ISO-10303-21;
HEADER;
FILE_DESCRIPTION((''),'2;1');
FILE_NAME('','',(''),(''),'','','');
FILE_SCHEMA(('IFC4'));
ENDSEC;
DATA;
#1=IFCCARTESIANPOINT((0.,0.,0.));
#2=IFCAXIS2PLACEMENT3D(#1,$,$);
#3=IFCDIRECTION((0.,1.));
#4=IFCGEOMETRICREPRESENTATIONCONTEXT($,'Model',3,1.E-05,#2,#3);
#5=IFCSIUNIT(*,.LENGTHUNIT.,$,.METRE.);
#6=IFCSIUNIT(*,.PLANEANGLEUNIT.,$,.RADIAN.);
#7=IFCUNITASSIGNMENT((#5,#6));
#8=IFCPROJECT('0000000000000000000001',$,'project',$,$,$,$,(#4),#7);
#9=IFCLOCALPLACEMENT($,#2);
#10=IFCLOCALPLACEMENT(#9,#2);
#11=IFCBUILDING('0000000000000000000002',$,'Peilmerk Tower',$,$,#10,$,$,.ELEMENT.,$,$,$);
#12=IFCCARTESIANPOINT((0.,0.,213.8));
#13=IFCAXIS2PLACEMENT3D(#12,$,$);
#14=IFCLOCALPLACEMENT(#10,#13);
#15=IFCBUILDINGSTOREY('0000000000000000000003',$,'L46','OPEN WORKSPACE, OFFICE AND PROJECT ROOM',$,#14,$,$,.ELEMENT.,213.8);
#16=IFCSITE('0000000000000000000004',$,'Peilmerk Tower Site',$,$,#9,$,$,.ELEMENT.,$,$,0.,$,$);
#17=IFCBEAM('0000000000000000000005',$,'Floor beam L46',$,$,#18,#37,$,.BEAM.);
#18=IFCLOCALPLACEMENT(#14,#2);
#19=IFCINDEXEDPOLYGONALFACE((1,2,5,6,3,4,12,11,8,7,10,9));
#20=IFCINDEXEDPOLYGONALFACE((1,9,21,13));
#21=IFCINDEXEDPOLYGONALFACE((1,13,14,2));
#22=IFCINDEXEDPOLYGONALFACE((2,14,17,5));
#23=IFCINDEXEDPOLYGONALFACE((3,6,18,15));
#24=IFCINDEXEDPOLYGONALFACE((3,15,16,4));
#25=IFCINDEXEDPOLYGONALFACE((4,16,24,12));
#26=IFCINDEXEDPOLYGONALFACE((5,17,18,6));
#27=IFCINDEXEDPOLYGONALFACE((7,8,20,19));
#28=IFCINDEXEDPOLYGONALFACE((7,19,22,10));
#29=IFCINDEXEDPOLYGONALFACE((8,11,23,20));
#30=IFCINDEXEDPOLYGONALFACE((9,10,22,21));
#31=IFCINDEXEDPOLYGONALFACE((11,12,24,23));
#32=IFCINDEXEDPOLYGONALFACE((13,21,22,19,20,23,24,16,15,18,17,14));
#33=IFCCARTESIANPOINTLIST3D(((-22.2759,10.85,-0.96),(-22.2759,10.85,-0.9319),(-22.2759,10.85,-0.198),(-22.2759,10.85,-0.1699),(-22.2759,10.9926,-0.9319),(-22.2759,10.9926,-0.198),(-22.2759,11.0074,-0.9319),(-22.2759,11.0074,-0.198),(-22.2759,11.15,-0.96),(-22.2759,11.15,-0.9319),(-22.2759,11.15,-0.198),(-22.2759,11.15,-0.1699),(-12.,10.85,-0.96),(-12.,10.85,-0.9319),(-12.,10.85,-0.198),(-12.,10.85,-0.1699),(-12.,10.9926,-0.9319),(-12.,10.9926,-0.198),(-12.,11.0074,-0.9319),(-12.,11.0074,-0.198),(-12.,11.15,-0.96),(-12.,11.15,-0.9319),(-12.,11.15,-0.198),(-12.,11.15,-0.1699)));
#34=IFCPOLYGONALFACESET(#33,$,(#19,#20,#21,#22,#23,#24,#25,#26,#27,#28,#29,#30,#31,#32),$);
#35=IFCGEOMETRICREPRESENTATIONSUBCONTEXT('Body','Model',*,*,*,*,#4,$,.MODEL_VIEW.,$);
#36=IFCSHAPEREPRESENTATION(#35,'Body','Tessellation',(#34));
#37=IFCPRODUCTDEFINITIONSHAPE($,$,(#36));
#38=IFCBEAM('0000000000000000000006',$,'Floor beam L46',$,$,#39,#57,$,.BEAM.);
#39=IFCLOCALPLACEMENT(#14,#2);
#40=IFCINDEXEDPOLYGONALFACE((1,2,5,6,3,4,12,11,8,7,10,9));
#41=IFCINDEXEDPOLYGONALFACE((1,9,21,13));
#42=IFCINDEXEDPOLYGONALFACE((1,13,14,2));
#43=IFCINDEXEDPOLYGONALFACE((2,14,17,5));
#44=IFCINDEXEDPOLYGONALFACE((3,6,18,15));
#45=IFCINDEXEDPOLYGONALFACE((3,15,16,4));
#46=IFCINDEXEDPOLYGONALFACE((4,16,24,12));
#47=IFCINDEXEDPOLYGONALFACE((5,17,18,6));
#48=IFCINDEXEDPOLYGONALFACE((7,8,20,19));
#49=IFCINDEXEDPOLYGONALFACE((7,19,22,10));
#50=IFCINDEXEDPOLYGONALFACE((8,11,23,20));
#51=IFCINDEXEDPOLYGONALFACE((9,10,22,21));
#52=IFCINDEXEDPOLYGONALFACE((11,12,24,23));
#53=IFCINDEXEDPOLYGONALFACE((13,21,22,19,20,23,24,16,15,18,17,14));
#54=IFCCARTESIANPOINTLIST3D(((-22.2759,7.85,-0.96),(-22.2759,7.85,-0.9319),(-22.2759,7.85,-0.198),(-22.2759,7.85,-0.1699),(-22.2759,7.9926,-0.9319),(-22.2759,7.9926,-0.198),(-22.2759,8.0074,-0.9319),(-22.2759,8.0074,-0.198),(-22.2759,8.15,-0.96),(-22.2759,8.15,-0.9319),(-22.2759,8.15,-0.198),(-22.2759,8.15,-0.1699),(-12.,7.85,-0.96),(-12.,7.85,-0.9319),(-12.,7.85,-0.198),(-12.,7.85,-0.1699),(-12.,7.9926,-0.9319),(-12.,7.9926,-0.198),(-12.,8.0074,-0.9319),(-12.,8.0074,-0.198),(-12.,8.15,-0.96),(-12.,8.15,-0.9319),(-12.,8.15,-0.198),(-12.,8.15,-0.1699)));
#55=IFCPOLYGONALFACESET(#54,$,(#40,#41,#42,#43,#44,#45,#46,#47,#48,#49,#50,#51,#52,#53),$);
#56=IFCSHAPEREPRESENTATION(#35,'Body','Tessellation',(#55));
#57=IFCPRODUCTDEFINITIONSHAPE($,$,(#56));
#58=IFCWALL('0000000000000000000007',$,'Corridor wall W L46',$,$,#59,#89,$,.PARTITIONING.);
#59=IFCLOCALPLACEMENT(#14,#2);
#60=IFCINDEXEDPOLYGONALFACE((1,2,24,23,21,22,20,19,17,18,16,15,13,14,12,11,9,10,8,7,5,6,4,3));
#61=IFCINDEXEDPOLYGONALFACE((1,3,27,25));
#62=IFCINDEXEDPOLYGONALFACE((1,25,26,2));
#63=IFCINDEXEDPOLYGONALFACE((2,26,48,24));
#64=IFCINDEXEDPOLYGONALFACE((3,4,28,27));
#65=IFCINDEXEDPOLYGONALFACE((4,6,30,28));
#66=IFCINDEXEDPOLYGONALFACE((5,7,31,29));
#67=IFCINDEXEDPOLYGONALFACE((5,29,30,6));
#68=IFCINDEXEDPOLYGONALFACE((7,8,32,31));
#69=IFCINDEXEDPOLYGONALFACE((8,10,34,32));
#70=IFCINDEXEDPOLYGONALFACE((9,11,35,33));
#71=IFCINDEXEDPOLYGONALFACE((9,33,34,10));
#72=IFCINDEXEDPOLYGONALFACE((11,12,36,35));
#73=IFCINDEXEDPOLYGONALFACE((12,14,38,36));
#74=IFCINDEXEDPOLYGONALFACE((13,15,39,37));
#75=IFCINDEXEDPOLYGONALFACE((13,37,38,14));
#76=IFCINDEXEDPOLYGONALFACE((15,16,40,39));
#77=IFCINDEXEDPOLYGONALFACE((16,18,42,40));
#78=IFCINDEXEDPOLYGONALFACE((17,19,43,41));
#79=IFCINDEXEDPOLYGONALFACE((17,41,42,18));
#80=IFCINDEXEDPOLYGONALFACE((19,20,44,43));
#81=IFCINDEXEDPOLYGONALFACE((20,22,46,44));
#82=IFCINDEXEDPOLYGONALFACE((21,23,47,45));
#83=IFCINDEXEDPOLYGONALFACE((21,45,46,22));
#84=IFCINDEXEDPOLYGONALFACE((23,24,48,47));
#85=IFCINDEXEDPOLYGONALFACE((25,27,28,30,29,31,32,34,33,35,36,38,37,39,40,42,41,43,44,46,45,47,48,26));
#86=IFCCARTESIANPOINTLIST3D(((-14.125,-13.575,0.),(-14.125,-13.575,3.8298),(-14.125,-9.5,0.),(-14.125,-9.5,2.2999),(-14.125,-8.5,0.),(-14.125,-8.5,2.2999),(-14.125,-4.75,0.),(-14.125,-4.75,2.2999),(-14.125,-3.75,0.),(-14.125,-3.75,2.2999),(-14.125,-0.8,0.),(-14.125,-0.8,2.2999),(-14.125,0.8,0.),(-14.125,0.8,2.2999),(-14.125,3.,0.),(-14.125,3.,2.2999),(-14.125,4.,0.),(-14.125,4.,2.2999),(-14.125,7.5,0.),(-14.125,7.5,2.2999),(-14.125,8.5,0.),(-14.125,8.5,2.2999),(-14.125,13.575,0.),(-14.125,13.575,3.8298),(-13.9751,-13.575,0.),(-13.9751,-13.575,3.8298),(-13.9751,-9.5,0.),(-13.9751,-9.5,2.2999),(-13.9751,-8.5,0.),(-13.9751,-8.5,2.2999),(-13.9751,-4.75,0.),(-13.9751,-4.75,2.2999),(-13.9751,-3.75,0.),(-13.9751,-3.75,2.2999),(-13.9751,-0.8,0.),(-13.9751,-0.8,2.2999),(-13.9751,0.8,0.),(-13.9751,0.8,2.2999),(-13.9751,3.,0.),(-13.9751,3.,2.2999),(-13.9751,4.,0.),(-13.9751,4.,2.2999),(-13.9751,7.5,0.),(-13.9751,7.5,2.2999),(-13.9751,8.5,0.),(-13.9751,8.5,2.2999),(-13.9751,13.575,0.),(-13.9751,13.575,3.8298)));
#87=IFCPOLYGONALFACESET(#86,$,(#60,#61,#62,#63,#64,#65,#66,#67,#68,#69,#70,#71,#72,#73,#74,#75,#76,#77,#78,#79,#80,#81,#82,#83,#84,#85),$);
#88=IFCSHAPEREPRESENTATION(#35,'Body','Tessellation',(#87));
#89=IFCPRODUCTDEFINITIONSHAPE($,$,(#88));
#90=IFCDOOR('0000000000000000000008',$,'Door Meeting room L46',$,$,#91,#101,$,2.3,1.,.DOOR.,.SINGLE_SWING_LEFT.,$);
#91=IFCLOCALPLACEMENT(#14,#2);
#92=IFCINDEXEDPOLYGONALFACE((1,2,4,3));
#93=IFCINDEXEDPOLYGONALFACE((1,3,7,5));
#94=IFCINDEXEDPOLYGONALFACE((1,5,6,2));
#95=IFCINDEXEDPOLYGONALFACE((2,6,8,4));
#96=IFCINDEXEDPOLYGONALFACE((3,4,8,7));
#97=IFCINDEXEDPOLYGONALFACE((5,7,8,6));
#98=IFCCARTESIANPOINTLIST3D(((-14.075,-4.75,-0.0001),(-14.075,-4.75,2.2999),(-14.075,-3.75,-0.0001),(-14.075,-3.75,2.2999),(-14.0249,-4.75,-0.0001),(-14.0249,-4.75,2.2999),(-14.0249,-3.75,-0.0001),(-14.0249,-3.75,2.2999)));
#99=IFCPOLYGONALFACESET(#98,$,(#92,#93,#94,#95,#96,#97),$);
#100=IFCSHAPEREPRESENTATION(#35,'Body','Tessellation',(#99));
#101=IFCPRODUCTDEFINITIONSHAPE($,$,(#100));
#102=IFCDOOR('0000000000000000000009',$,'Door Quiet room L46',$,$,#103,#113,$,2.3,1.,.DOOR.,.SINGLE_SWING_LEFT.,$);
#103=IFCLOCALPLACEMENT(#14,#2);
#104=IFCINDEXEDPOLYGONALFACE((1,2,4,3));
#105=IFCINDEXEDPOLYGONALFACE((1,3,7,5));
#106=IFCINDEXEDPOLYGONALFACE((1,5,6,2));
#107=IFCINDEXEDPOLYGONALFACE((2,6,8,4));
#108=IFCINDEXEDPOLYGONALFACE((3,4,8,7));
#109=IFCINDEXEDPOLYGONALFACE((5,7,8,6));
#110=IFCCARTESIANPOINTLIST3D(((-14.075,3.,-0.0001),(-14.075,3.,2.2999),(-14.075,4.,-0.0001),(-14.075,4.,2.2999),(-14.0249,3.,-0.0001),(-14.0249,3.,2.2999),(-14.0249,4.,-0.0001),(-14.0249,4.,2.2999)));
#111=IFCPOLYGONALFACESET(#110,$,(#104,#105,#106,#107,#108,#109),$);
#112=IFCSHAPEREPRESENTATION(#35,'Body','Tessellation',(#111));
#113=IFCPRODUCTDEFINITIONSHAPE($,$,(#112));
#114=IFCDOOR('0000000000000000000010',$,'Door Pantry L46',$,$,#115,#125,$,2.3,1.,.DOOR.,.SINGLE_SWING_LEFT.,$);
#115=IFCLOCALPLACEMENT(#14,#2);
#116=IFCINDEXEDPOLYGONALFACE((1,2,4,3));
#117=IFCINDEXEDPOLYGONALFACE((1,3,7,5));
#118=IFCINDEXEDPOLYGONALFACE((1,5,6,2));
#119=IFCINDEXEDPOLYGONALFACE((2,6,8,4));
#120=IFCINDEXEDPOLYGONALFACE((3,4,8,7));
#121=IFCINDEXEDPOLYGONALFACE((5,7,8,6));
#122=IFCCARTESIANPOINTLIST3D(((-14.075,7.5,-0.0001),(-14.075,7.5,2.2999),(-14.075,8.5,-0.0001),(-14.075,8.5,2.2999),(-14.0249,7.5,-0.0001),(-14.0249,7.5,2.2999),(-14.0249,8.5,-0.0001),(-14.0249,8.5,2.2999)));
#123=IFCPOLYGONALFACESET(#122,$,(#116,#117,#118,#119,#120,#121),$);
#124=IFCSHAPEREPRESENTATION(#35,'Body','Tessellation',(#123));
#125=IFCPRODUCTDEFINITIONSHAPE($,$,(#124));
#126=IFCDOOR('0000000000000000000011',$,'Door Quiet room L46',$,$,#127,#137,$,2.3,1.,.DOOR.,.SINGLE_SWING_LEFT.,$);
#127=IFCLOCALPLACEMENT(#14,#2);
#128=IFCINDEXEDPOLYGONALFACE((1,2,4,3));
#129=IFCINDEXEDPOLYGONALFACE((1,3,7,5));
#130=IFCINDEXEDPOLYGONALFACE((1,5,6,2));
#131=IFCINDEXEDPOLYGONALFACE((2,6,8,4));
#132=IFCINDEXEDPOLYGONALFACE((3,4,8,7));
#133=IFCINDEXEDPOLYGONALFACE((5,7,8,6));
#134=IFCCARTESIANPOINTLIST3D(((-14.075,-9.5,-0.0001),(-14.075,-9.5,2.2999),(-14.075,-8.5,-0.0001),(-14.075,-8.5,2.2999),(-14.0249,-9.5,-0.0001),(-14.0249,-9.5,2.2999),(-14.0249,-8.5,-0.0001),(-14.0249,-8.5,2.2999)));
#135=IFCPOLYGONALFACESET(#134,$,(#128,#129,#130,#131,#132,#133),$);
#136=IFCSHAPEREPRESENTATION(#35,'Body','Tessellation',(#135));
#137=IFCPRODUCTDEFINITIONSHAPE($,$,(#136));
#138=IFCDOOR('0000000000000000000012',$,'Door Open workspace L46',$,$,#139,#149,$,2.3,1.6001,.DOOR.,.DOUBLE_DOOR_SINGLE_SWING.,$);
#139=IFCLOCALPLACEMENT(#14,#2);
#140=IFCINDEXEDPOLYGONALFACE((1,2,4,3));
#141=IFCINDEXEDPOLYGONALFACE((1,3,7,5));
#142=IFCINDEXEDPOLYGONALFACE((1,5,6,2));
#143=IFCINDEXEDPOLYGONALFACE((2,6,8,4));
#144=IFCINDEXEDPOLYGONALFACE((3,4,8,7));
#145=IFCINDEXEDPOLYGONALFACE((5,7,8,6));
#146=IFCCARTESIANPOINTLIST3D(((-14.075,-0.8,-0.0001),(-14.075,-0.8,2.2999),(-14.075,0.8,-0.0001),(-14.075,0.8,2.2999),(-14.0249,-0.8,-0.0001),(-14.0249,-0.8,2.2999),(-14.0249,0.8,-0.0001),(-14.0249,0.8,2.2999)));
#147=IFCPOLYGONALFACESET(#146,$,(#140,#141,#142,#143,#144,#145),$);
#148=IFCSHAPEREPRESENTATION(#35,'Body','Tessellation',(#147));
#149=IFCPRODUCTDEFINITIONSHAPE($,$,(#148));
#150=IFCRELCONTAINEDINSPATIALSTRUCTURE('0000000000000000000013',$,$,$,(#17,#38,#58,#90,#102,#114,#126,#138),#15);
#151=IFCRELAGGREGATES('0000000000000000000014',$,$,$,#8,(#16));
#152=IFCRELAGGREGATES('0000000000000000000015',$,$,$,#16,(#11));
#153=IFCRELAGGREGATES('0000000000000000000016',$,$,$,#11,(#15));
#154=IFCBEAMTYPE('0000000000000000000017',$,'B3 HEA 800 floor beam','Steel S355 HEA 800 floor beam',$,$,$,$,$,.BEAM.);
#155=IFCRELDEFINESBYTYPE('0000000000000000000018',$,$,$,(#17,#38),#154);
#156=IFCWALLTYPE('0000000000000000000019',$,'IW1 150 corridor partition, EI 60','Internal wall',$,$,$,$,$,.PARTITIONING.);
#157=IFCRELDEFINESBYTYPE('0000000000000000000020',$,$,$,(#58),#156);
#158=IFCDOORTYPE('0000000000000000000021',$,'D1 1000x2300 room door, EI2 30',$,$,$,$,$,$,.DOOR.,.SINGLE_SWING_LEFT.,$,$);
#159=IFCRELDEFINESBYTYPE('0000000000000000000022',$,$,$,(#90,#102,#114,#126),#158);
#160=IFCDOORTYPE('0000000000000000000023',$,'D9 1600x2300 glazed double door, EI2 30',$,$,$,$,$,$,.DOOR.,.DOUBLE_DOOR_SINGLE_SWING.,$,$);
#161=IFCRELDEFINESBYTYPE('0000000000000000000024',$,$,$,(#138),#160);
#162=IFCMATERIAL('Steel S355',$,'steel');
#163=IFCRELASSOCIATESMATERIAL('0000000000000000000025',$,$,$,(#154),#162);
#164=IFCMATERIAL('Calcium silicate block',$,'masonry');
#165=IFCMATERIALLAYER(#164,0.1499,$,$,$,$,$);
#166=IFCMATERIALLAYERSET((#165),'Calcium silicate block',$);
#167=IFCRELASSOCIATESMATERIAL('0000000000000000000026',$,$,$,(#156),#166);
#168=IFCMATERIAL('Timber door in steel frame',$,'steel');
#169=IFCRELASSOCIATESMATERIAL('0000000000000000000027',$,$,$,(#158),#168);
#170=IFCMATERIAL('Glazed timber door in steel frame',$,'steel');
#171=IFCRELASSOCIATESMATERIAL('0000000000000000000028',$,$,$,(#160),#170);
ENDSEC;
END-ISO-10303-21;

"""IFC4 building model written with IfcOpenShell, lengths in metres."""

from ifc_helpers import new_model, si_unit, direction, frame, frame_2d, origin, origin_2d, place, context, subcontext, project, spatial, rectangle, i_section, extrude, material, layer, layer_set, material_profile, profile_set, type_object, element, fill, save


model = new_model("IFC4")

# Units and contexts
model_context = context("Model", 3, precision=1e-05, world=origin(), true_north=direction((0.0, 1.0)))
body_context = subcontext(model_context, "Body", "Model", "MODEL_VIEW")
ifc_project = project(units=[si_unit("LENGTHUNIT", "METRE"), si_unit("PLANEANGLEUNIT", "RADIAN")], contexts=[model_context])

# Site, building, storey
site_placement = place(None, origin())
site = spatial("IfcSite", under=ifc_project, at=site_placement, Name="Peilmerk Tower Site", CompositionType="ELEMENT", RefElevation=0.0)
building_placement = place(site_placement, origin())
building = spatial("IfcBuilding", under=site, at=building_placement, Name="Peilmerk Tower", CompositionType="ELEMENT")
storey_placement = place(building_placement, frame((0.0, 0.0, 213.8)))
storey = spatial("IfcBuildingStorey", under=building, at=storey_placement, Name="L46", Description="OPEN WORKSPACE, OFFICE AND PROJECT ROOM", CompositionType="ELEMENT", Elevation=213.8)

# Beams
ifc_material_1 = material(Name="Steel S355", Category="steel")
ifc_material_profile_1 = material_profile(ifc_material_1, i_section(OverallWidth=0.3, OverallDepth=0.79, WebThickness=0.0149, FlangeThickness=0.0281, at=origin_2d()), Name="HEA 800")
ifc_profile_set_1 = profile_set([ifc_material_profile_1], Name="Steel S355")
beam_type_1 = type_object("IfcBeamType", Name="B3 HEA 800 floor beam", Description="Steel S355 HEA 800 floor beam", PredefinedType="BEAM", material=ifc_profile_set_1)
for number, where, z_axis, x_axis, name in (
    (1, (-12.0, 11.0, -0.5649), (-1.0, 0.0, 0.0), (0.0, -1.0, 0.0), "Floor beam L46"),
    (2, (-12.0, 8.0, -0.5649), (-1.0, 0.0, 0.0), (0.0, -1.0, 0.0), "Floor beam L46"),
):
    element("IfcBeam", number, at=place(storey_placement, frame(where, z_axis=z_axis, x_axis=x_axis)), inside=storey, type_object=beam_type_1, Name=name, PredefinedType="BEAM", context=body_context, shape_type="SweptSolid", body=[
        extrude(i_section(OverallWidth=0.3, OverallDepth=0.79, WebThickness=0.0149, FlangeThickness=0.0281, at=origin_2d()), origin(), (0.0, 0.0, 1.0), 10.2759),
    ])

# Wall, openings, doors
ifc_material_2 = material(Name="Calcium silicate block", Category="masonry")
ifc_layer_1 = layer(ifc_material_2, 0.1499)
ifc_layer_set_1 = layer_set([ifc_layer_1], Name="Calcium silicate block")
wall_type_1 = type_object("IfcWallType", Name="IW1 150 corridor partition, EI 60", Description="Internal wall", PredefinedType="PARTITIONING", material=ifc_layer_set_1)
wall_1_placement = place(storey_placement, frame((-14.05, 13.575, 0.0), z_axis=(0.0, 0.0, 1.0), x_axis=(0.0, -1.0, 0.0)))
wall_1 = element("IfcWall", 3, at=wall_1_placement, inside=storey, type_object=wall_type_1, Name="Corridor wall W L46", PredefinedType="PARTITIONING", context=body_context, shape_type="SweptSolid", body=[
    extrude(rectangle(XDim=27.1499, YDim=0.1499, at=frame_2d((13.575, 0.0))), origin(), (0.0, 0.0, 1.0), 3.8298),
])
opening_1_placement = place(wall_1_placement, frame((12.7749, 0.0, 0.0)))
opening_1 = element("IfcOpeningElement", 4, at=opening_1_placement, cuts=wall_1, PredefinedType="OPENING", context=body_context, shape_type="SweptSolid", body=[
    extrude(rectangle(XDim=1.6001, YDim=2.3, at=frame_2d((0.8, 1.1499))), frame((0.0, 0.085, 0.0), z_axis=(0.0, -1.0, 0.0), x_axis=(1.0, 0.0, 0.0)), (0.0, 0.0, 1.0), 0.1699),
])
opening_2_placement = place(wall_1_placement, frame((17.325, 0.0, 0.0)))
opening_2 = element("IfcOpeningElement", 5, at=opening_2_placement, cuts=wall_1, PredefinedType="OPENING", context=body_context, shape_type="SweptSolid", body=[
    extrude(rectangle(XDim=1.0, YDim=2.3, at=frame_2d((0.5, 1.1499))), frame((0.0, 0.085, 0.0), z_axis=(0.0, -1.0, 0.0), x_axis=(1.0, 0.0, 0.0)), (0.0, 0.0, 1.0), 0.1699),
])
opening_3_placement = place(wall_1_placement, frame((9.575, 0.0, 0.0)))
opening_3 = element("IfcOpeningElement", 6, at=opening_3_placement, cuts=wall_1, PredefinedType="OPENING", context=body_context, shape_type="SweptSolid", body=[
    extrude(rectangle(XDim=1.0, YDim=2.3, at=frame_2d((0.5, 1.1499))), frame((0.0, 0.085, 0.0), z_axis=(0.0, -1.0, 0.0), x_axis=(1.0, 0.0, 0.0)), (0.0, 0.0, 1.0), 0.1699),
])
opening_4_placement = place(wall_1_placement, frame((5.075, 0.0, 0.0)))
opening_4 = element("IfcOpeningElement", 7, at=opening_4_placement, cuts=wall_1, PredefinedType="OPENING", context=body_context, shape_type="SweptSolid", body=[
    extrude(rectangle(XDim=1.0, YDim=2.3, at=frame_2d((0.5, 1.1499))), frame((0.0, 0.085, 0.0), z_axis=(0.0, -1.0, 0.0), x_axis=(1.0, 0.0, 0.0)), (0.0, 0.0, 1.0), 0.1699),
])
opening_5_placement = place(wall_1_placement, frame((22.075, 0.0, 0.0)))
opening_5 = element("IfcOpeningElement", 8, at=opening_5_placement, cuts=wall_1, PredefinedType="OPENING", context=body_context, shape_type="SweptSolid", body=[
    extrude(rectangle(XDim=1.0, YDim=2.3, at=frame_2d((0.5, 1.1499))), frame((0.0, 0.085, 0.0), z_axis=(0.0, -1.0, 0.0), x_axis=(1.0, 0.0, 0.0)), (0.0, 0.0, 1.0), 0.1699),
])
ifc_material_3 = material(Name="Timber door in steel frame", Category="steel")
door_type_1 = type_object("IfcDoorType", Name="D1 1000x2300 room door, EI2 30", OperationType="SINGLE_SWING_LEFT", PredefinedType="DOOR", material=ifc_material_3)
door_1_placement = place(opening_2_placement, frame((1.0, 0.0, 0.0), z_axis=(0.0, 0.0, 1.0), x_axis=(-1.0, 0.0, 0.0)))
door_1 = element("IfcDoor", 9, at=door_1_placement, inside=storey, type_object=door_type_1, Name="Door Meeting room L46", OperationType="SINGLE_SWING_LEFT", OverallHeight=2.3, OverallWidth=1.0, PredefinedType="DOOR", context=body_context, shape_type="SweptSolid", body=[
    extrude(rectangle(XDim=1.0, YDim=2.3, at=frame_2d((0.5, 1.1499))), frame((0.0, 0.0249, 0.0), z_axis=(0.0, -1.0, 0.0), x_axis=(1.0, 0.0, 0.0)), (0.0, 0.0, 1.0), 0.05),
])
fill(opening_2, door_1)
door_2_placement = place(opening_3_placement, frame((1.0, 0.0, 0.0), z_axis=(0.0, 0.0, 1.0), x_axis=(-1.0, 0.0, 0.0)))
door_2 = element("IfcDoor", 10, at=door_2_placement, inside=storey, type_object=door_type_1, Name="Door Quiet room L46", OperationType="SINGLE_SWING_LEFT", OverallHeight=2.3, OverallWidth=1.0, PredefinedType="DOOR", context=body_context, shape_type="SweptSolid", body=[
    extrude(rectangle(XDim=1.0, YDim=2.3, at=frame_2d((0.5, 1.1499))), frame((0.0, 0.0249, 0.0), z_axis=(0.0, -1.0, 0.0), x_axis=(1.0, 0.0, 0.0)), (0.0, 0.0, 1.0), 0.05),
])
fill(opening_3, door_2)
door_3_placement = place(opening_4_placement, frame((1.0, 0.0, 0.0), z_axis=(0.0, 0.0, 1.0), x_axis=(-1.0, 0.0, 0.0)))
door_3 = element("IfcDoor", 11, at=door_3_placement, inside=storey, type_object=door_type_1, Name="Door Pantry L46", OperationType="SINGLE_SWING_LEFT", OverallHeight=2.3, OverallWidth=1.0, PredefinedType="DOOR", context=body_context, shape_type="SweptSolid", body=[
    extrude(rectangle(XDim=1.0, YDim=2.3, at=frame_2d((0.5, 1.1499))), frame((0.0, 0.0249, 0.0), z_axis=(0.0, -1.0, 0.0), x_axis=(1.0, 0.0, 0.0)), (0.0, 0.0, 1.0), 0.05),
])
fill(opening_4, door_3)
door_4_placement = place(opening_5_placement, frame((1.0, 0.0, 0.0), z_axis=(0.0, 0.0, 1.0), x_axis=(-1.0, 0.0, 0.0)))
door_4 = element("IfcDoor", 12, at=door_4_placement, inside=storey, type_object=door_type_1, Name="Door Quiet room L46", OperationType="SINGLE_SWING_LEFT", OverallHeight=2.3, OverallWidth=1.0, PredefinedType="DOOR", context=body_context, shape_type="SweptSolid", body=[
    extrude(rectangle(XDim=1.0, YDim=2.3, at=frame_2d((0.5, 1.1499))), frame((0.0, 0.0249, 0.0), z_axis=(0.0, -1.0, 0.0), x_axis=(1.0, 0.0, 0.0)), (0.0, 0.0, 1.0), 0.05),
])
fill(opening_5, door_4)
ifc_material_4 = material(Name="Glazed timber door in steel frame", Category="steel")
door_type_2 = type_object("IfcDoorType", Name="D9 1600x2300 glazed double door, EI2 30", OperationType="DOUBLE_DOOR_SINGLE_SWING", PredefinedType="DOOR", material=ifc_material_4)
door_5_placement = place(opening_1_placement, frame((1.6001, 0.0, 0.0), z_axis=(0.0, 0.0, 1.0), x_axis=(-1.0, 0.0, 0.0)))
door_5 = element("IfcDoor", 13, at=door_5_placement, inside=storey, type_object=door_type_2, Name="Door Open workspace L46", OperationType="DOUBLE_DOOR_SINGLE_SWING", OverallHeight=2.3, OverallWidth=1.6001, PredefinedType="DOOR", context=body_context, shape_type="SweptSolid", body=[
    extrude(rectangle(XDim=1.6001, YDim=2.3, at=frame_2d((0.8, 1.1499))), frame((0.0, 0.0249, 0.0), z_axis=(0.0, -1.0, 0.0), x_axis=(1.0, 0.0, 0.0)), (0.0, 0.0, 1.0), 0.05),
])
fill(opening_1, door_5)

save(model, "model.ifc")
